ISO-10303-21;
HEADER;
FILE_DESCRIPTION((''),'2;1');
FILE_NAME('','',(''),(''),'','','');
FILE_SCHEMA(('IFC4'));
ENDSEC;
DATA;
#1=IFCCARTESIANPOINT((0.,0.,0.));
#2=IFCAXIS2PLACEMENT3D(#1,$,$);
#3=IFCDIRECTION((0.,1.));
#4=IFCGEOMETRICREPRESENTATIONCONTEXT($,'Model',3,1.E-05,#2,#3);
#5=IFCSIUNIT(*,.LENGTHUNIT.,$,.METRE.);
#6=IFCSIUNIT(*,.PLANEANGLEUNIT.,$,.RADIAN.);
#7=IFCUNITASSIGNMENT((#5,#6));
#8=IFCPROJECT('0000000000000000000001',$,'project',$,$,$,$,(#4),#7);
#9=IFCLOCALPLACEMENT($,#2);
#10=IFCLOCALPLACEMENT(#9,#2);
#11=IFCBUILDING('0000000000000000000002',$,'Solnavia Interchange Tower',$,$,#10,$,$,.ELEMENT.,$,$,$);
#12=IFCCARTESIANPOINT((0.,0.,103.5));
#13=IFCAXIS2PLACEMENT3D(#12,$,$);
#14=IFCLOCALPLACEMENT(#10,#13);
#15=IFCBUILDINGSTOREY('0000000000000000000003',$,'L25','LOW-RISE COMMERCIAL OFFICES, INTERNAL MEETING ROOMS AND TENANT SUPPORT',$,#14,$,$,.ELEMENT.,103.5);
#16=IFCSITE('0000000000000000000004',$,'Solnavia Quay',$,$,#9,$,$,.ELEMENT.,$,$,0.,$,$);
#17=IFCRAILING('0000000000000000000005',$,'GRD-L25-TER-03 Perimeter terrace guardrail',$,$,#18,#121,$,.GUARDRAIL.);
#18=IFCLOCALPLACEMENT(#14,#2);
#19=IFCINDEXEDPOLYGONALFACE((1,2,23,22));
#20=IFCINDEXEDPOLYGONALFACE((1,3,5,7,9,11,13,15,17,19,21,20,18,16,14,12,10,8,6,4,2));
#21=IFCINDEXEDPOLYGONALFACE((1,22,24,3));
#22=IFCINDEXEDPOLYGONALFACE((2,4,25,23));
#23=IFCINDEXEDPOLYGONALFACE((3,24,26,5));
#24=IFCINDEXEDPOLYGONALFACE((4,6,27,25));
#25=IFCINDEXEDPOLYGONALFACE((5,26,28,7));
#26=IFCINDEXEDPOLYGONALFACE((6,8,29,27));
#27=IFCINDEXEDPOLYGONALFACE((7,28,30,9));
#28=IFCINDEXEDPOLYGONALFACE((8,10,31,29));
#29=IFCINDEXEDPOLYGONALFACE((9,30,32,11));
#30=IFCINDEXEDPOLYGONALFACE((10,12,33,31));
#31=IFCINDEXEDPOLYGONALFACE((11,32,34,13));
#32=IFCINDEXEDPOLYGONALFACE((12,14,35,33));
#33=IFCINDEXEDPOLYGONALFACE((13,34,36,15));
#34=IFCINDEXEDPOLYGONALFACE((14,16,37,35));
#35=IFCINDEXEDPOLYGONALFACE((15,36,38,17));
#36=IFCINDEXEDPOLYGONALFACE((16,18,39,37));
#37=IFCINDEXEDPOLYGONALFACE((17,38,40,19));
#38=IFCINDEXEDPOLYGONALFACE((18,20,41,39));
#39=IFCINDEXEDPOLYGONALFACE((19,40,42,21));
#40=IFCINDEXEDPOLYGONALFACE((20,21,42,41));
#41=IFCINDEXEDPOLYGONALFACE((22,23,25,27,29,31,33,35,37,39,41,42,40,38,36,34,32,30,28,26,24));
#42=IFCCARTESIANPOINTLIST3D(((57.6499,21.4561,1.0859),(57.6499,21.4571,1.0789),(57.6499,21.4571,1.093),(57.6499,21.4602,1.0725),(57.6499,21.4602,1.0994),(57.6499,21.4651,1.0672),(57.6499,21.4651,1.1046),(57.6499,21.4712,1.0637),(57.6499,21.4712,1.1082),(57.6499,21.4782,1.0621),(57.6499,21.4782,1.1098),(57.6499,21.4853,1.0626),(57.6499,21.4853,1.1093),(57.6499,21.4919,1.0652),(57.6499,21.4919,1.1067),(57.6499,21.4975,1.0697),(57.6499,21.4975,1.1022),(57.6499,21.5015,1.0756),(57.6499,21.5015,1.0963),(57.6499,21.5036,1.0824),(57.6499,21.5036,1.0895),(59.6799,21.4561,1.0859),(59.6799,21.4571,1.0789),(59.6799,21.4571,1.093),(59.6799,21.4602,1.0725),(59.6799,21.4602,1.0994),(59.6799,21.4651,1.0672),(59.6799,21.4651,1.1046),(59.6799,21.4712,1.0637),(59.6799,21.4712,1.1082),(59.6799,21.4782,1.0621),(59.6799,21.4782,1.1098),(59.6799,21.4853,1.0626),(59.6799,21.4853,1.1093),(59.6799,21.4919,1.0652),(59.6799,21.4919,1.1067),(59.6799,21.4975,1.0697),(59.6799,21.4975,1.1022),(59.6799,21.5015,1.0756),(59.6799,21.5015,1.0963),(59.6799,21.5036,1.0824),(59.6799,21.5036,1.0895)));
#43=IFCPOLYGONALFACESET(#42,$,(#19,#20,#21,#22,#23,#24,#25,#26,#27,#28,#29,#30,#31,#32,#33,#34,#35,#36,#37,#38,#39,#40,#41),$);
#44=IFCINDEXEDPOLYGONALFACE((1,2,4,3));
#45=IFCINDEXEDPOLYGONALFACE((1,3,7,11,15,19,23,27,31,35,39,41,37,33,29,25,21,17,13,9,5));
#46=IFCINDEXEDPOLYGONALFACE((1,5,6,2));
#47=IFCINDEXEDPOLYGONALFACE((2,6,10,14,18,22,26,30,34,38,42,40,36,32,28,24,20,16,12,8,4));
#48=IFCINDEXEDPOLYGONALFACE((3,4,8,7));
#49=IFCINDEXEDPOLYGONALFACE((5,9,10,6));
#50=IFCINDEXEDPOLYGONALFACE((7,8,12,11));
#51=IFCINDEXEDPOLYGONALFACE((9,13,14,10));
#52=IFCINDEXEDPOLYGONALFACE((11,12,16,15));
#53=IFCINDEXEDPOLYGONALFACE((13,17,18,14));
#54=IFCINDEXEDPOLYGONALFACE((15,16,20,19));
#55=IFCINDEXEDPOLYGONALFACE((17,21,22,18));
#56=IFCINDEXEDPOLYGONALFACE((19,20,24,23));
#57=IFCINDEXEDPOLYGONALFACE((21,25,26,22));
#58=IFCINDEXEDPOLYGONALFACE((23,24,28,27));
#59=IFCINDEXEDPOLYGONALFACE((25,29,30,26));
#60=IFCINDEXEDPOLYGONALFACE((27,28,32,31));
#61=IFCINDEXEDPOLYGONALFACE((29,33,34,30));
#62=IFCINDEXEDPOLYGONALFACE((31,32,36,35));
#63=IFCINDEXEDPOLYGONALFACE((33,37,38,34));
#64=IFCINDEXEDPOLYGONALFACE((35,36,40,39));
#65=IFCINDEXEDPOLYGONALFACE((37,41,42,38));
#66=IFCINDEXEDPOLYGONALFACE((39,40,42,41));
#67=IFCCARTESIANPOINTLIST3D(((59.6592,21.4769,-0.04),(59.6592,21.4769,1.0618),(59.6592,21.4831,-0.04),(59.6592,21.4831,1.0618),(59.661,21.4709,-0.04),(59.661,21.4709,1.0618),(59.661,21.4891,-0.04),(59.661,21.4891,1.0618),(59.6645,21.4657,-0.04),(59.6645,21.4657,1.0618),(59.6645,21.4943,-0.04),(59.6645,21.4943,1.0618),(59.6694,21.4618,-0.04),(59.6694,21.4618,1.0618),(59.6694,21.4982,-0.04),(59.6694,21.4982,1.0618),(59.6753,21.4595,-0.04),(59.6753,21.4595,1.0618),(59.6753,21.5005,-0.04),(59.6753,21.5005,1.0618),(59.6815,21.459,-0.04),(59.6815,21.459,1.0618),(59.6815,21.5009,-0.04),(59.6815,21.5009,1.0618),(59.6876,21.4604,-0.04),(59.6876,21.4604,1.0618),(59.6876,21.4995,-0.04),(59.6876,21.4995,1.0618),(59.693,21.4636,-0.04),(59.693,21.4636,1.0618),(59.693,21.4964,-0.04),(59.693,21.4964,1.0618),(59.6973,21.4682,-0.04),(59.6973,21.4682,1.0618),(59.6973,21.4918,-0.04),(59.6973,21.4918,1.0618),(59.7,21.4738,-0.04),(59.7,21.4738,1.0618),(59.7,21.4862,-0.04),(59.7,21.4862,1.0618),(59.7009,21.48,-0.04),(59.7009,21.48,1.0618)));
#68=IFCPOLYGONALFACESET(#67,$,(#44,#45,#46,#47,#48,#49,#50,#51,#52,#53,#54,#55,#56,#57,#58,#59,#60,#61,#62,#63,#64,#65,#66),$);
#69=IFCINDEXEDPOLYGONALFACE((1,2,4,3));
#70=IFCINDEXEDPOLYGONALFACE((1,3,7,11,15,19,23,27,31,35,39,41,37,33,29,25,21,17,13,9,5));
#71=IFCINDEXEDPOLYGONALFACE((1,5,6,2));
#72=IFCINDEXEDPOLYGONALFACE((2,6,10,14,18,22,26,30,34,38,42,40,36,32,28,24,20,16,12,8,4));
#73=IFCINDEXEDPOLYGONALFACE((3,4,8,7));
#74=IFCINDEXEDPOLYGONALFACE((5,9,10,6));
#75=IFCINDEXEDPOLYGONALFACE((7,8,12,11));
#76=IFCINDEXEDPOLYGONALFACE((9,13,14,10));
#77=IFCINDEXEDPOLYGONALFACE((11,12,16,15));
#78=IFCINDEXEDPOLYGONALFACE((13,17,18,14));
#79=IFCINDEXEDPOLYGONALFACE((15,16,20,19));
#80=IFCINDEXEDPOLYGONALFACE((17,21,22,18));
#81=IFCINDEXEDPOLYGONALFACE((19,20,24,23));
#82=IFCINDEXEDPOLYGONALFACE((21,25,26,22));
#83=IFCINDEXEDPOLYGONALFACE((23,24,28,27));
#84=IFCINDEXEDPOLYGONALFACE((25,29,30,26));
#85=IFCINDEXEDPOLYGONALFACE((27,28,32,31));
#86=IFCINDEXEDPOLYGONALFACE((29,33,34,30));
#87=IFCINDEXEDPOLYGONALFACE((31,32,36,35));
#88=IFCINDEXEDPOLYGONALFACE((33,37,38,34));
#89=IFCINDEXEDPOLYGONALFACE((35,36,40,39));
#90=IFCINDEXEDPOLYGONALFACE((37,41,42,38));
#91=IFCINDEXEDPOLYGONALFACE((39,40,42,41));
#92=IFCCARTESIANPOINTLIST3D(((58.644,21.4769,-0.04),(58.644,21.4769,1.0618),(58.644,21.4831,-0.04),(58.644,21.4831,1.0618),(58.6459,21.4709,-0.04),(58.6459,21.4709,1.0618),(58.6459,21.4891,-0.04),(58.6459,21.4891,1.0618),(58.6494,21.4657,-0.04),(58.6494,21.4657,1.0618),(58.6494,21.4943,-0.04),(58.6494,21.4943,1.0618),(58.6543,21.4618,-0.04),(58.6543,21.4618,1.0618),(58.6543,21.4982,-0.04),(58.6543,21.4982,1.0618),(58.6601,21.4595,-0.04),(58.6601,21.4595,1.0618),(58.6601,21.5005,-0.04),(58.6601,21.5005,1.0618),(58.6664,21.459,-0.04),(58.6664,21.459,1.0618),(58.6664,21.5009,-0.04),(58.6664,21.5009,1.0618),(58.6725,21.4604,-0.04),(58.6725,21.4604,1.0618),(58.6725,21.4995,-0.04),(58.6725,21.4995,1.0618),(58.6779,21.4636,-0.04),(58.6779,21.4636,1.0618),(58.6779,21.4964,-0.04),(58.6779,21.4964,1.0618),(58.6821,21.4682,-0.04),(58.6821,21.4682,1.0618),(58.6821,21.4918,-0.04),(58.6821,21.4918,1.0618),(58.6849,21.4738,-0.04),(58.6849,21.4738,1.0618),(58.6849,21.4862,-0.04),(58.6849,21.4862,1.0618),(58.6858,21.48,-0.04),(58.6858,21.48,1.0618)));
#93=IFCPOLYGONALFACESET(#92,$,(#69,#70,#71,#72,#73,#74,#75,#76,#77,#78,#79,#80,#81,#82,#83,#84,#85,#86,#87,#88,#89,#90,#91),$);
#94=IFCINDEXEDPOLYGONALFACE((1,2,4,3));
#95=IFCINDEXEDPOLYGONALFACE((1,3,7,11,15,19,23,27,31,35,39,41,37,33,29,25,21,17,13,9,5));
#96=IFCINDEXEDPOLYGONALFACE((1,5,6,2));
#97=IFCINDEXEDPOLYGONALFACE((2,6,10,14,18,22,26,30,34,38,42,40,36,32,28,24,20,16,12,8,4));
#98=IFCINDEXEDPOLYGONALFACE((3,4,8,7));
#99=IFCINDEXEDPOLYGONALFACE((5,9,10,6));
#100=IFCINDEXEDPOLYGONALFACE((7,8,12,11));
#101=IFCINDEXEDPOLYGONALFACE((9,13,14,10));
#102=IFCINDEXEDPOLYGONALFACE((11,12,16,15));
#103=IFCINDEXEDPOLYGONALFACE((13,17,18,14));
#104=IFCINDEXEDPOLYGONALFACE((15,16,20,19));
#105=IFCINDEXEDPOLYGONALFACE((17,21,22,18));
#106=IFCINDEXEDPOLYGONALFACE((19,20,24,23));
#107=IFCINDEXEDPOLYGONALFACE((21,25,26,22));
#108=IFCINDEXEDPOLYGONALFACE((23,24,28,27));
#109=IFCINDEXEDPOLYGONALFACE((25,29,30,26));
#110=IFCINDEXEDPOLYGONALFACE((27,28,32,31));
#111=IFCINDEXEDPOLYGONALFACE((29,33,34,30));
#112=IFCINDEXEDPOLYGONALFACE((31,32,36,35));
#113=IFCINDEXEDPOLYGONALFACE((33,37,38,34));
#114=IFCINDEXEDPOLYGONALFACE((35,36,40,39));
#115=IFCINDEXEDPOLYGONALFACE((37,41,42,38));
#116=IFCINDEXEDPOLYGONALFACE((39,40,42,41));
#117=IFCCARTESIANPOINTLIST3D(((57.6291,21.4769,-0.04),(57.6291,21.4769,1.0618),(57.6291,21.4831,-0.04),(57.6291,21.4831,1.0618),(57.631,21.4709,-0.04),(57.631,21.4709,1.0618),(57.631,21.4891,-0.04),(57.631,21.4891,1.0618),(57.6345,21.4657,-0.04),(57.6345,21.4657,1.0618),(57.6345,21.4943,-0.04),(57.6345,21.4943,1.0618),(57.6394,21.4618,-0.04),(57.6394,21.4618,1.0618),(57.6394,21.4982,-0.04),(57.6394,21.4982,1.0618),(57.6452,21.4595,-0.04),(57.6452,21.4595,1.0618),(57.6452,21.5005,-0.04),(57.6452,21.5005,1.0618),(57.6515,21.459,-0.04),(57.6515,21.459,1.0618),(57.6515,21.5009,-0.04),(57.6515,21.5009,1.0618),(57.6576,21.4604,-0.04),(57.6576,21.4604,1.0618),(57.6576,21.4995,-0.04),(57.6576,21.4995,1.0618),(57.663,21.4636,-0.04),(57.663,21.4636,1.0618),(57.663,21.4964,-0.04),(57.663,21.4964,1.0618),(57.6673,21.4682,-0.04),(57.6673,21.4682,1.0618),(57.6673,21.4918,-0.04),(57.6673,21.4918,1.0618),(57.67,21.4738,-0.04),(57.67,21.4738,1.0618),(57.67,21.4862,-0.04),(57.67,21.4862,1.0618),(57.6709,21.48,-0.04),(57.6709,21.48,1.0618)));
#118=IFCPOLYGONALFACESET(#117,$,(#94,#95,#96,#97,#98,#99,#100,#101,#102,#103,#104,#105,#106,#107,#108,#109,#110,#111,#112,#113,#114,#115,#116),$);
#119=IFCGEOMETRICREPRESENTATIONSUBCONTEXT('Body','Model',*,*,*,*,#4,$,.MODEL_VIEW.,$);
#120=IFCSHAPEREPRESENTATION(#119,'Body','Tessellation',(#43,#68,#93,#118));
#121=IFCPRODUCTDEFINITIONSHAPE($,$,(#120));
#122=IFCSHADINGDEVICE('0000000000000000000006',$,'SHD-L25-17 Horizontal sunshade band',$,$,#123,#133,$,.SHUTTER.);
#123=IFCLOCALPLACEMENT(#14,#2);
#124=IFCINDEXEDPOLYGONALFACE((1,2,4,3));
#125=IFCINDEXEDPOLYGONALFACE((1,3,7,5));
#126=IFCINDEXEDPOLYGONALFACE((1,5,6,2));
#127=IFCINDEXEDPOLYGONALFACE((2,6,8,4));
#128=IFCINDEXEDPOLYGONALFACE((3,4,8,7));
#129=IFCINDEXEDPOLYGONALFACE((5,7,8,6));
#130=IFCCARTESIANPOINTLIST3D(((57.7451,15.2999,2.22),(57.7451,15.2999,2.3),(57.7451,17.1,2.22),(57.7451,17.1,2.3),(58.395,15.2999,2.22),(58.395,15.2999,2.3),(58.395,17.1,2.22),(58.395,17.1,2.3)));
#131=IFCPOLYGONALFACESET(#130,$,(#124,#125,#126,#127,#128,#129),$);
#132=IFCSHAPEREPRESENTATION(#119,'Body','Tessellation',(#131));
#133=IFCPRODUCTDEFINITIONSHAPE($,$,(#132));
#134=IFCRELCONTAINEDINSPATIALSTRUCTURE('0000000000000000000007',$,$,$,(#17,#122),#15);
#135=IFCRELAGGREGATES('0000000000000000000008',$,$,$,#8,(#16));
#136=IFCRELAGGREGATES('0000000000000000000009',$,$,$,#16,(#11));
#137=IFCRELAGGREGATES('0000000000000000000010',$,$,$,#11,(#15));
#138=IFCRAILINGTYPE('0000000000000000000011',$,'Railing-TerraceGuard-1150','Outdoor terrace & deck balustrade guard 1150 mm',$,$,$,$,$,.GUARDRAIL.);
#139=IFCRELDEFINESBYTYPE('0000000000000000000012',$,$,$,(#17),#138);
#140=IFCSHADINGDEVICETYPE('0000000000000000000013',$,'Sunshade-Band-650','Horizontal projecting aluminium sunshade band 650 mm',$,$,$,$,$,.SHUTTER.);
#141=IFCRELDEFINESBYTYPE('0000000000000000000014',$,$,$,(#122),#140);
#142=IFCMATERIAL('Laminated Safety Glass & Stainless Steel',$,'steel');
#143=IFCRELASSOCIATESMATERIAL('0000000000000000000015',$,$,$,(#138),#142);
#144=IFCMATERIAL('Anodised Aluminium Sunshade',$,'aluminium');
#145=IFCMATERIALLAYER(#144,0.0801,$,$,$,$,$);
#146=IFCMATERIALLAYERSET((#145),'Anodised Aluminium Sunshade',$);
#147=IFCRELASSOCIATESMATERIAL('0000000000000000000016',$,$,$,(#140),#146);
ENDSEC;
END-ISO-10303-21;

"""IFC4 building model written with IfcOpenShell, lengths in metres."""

from ifc_helpers import new_model, si_unit, direction, frame, origin, origin_2d, place, context, subcontext, project, spatial, rectangle, circle, extrude, material, layer, layer_set, type_object, element, save


model = new_model("IFC4")

# Units and contexts
model_context = context("Model", 3, precision=1e-05, world=origin(), true_north=direction((0.0, 1.0)))
body_context = subcontext(model_context, "Body", "Model", "MODEL_VIEW")
ifc_project = project(units=[si_unit("LENGTHUNIT", "METRE"), si_unit("PLANEANGLEUNIT", "RADIAN")], contexts=[model_context])

# Site, building, storey
site_placement = place(None, origin())
site = spatial("IfcSite", under=ifc_project, at=site_placement, Name="Solnavia Quay", CompositionType="ELEMENT", RefElevation=0.0)
building_placement = place(site_placement, origin())
building = spatial("IfcBuilding", under=site, at=building_placement, Name="Solnavia Interchange Tower", CompositionType="ELEMENT")
storey_placement = place(building_placement, frame((0.0, 0.0, 103.5)))
storey = spatial("IfcBuildingStorey", under=building, at=storey_placement, Name="L25", Description="LOW-RISE COMMERCIAL OFFICES, INTERNAL MEETING ROOMS AND TENANT SUPPORT", CompositionType="ELEMENT", Elevation=103.5)

# Railing
ifc_material_1 = material(Name="Laminated Safety Glass & Stainless Steel", Category="steel")
railing_type = type_object("IfcRailingType", Name="Railing-TerraceGuard-1150", Description="Outdoor terrace & deck balustrade guard 1150 mm", PredefinedType="GUARDRAIL", material=ifc_material_1)
railing_placement = place(storey_placement, frame((59.6799, 21.48, -0.04)))
element("IfcRailing", 1, at=railing_placement, inside=storey, type_object=railing_type, Name="GRD-L25-TER-03 Perimeter terrace guardrail", PredefinedType="GUARDRAIL", context=body_context, shape_type="SweptSolid", body=[
    extrude(circle(Radius=0.0239, at=origin_2d()), frame((0.0, 0.0, 1.126), z_axis=(-1.0, 0.0, 0.0), x_axis=(0.0, -1.0, 0.0)), (0.0, 0.0, 1.0), 2.03),
    extrude(circle(Radius=0.021, at=origin_2d()), origin(), (0.0, 0.0, 1.0), 1.1018),
    extrude(circle(Radius=0.021, at=origin_2d()), frame((-1.0151, 0.0, 0.0)), (0.0, 0.0, 1.0), 1.1018),
    extrude(circle(Radius=0.021, at=origin_2d()), frame((-2.03, 0.0, 0.0)), (0.0, 0.0, 1.0), 1.1018),
])

# Shading device
ifc_material_2 = material(Name="Anodised Aluminium Sunshade", Category="aluminium")
ifc_layer_1 = layer(ifc_material_2, 0.0801)
ifc_layer_set_1 = layer_set([ifc_layer_1], Name="Anodised Aluminium Sunshade")
shading_device_type = type_object("IfcShadingDeviceType", Name="Sunshade-Band-650", Description="Horizontal projecting aluminium sunshade band 650 mm", PredefinedType="SHUTTER", material=ifc_layer_set_1)
shading_device_placement = place(storey_placement, frame((58.0701, 16.2, 2.22), z_axis=(0.0, 0.0, 1.0), x_axis=(0.0, -1.0, 0.0)))
element("IfcShadingDevice", 2, at=shading_device_placement, inside=storey, type_object=shading_device_type, Name="SHD-L25-17 Horizontal sunshade band", PredefinedType="SHUTTER", context=body_context, shape_type="SweptSolid", body=[
    extrude(rectangle(XDim=1.8, YDim=0.6499, at=origin_2d()), origin(), (0.0, 0.0, 1.0), 0.0801),
])

save(model, "model.ifc")
